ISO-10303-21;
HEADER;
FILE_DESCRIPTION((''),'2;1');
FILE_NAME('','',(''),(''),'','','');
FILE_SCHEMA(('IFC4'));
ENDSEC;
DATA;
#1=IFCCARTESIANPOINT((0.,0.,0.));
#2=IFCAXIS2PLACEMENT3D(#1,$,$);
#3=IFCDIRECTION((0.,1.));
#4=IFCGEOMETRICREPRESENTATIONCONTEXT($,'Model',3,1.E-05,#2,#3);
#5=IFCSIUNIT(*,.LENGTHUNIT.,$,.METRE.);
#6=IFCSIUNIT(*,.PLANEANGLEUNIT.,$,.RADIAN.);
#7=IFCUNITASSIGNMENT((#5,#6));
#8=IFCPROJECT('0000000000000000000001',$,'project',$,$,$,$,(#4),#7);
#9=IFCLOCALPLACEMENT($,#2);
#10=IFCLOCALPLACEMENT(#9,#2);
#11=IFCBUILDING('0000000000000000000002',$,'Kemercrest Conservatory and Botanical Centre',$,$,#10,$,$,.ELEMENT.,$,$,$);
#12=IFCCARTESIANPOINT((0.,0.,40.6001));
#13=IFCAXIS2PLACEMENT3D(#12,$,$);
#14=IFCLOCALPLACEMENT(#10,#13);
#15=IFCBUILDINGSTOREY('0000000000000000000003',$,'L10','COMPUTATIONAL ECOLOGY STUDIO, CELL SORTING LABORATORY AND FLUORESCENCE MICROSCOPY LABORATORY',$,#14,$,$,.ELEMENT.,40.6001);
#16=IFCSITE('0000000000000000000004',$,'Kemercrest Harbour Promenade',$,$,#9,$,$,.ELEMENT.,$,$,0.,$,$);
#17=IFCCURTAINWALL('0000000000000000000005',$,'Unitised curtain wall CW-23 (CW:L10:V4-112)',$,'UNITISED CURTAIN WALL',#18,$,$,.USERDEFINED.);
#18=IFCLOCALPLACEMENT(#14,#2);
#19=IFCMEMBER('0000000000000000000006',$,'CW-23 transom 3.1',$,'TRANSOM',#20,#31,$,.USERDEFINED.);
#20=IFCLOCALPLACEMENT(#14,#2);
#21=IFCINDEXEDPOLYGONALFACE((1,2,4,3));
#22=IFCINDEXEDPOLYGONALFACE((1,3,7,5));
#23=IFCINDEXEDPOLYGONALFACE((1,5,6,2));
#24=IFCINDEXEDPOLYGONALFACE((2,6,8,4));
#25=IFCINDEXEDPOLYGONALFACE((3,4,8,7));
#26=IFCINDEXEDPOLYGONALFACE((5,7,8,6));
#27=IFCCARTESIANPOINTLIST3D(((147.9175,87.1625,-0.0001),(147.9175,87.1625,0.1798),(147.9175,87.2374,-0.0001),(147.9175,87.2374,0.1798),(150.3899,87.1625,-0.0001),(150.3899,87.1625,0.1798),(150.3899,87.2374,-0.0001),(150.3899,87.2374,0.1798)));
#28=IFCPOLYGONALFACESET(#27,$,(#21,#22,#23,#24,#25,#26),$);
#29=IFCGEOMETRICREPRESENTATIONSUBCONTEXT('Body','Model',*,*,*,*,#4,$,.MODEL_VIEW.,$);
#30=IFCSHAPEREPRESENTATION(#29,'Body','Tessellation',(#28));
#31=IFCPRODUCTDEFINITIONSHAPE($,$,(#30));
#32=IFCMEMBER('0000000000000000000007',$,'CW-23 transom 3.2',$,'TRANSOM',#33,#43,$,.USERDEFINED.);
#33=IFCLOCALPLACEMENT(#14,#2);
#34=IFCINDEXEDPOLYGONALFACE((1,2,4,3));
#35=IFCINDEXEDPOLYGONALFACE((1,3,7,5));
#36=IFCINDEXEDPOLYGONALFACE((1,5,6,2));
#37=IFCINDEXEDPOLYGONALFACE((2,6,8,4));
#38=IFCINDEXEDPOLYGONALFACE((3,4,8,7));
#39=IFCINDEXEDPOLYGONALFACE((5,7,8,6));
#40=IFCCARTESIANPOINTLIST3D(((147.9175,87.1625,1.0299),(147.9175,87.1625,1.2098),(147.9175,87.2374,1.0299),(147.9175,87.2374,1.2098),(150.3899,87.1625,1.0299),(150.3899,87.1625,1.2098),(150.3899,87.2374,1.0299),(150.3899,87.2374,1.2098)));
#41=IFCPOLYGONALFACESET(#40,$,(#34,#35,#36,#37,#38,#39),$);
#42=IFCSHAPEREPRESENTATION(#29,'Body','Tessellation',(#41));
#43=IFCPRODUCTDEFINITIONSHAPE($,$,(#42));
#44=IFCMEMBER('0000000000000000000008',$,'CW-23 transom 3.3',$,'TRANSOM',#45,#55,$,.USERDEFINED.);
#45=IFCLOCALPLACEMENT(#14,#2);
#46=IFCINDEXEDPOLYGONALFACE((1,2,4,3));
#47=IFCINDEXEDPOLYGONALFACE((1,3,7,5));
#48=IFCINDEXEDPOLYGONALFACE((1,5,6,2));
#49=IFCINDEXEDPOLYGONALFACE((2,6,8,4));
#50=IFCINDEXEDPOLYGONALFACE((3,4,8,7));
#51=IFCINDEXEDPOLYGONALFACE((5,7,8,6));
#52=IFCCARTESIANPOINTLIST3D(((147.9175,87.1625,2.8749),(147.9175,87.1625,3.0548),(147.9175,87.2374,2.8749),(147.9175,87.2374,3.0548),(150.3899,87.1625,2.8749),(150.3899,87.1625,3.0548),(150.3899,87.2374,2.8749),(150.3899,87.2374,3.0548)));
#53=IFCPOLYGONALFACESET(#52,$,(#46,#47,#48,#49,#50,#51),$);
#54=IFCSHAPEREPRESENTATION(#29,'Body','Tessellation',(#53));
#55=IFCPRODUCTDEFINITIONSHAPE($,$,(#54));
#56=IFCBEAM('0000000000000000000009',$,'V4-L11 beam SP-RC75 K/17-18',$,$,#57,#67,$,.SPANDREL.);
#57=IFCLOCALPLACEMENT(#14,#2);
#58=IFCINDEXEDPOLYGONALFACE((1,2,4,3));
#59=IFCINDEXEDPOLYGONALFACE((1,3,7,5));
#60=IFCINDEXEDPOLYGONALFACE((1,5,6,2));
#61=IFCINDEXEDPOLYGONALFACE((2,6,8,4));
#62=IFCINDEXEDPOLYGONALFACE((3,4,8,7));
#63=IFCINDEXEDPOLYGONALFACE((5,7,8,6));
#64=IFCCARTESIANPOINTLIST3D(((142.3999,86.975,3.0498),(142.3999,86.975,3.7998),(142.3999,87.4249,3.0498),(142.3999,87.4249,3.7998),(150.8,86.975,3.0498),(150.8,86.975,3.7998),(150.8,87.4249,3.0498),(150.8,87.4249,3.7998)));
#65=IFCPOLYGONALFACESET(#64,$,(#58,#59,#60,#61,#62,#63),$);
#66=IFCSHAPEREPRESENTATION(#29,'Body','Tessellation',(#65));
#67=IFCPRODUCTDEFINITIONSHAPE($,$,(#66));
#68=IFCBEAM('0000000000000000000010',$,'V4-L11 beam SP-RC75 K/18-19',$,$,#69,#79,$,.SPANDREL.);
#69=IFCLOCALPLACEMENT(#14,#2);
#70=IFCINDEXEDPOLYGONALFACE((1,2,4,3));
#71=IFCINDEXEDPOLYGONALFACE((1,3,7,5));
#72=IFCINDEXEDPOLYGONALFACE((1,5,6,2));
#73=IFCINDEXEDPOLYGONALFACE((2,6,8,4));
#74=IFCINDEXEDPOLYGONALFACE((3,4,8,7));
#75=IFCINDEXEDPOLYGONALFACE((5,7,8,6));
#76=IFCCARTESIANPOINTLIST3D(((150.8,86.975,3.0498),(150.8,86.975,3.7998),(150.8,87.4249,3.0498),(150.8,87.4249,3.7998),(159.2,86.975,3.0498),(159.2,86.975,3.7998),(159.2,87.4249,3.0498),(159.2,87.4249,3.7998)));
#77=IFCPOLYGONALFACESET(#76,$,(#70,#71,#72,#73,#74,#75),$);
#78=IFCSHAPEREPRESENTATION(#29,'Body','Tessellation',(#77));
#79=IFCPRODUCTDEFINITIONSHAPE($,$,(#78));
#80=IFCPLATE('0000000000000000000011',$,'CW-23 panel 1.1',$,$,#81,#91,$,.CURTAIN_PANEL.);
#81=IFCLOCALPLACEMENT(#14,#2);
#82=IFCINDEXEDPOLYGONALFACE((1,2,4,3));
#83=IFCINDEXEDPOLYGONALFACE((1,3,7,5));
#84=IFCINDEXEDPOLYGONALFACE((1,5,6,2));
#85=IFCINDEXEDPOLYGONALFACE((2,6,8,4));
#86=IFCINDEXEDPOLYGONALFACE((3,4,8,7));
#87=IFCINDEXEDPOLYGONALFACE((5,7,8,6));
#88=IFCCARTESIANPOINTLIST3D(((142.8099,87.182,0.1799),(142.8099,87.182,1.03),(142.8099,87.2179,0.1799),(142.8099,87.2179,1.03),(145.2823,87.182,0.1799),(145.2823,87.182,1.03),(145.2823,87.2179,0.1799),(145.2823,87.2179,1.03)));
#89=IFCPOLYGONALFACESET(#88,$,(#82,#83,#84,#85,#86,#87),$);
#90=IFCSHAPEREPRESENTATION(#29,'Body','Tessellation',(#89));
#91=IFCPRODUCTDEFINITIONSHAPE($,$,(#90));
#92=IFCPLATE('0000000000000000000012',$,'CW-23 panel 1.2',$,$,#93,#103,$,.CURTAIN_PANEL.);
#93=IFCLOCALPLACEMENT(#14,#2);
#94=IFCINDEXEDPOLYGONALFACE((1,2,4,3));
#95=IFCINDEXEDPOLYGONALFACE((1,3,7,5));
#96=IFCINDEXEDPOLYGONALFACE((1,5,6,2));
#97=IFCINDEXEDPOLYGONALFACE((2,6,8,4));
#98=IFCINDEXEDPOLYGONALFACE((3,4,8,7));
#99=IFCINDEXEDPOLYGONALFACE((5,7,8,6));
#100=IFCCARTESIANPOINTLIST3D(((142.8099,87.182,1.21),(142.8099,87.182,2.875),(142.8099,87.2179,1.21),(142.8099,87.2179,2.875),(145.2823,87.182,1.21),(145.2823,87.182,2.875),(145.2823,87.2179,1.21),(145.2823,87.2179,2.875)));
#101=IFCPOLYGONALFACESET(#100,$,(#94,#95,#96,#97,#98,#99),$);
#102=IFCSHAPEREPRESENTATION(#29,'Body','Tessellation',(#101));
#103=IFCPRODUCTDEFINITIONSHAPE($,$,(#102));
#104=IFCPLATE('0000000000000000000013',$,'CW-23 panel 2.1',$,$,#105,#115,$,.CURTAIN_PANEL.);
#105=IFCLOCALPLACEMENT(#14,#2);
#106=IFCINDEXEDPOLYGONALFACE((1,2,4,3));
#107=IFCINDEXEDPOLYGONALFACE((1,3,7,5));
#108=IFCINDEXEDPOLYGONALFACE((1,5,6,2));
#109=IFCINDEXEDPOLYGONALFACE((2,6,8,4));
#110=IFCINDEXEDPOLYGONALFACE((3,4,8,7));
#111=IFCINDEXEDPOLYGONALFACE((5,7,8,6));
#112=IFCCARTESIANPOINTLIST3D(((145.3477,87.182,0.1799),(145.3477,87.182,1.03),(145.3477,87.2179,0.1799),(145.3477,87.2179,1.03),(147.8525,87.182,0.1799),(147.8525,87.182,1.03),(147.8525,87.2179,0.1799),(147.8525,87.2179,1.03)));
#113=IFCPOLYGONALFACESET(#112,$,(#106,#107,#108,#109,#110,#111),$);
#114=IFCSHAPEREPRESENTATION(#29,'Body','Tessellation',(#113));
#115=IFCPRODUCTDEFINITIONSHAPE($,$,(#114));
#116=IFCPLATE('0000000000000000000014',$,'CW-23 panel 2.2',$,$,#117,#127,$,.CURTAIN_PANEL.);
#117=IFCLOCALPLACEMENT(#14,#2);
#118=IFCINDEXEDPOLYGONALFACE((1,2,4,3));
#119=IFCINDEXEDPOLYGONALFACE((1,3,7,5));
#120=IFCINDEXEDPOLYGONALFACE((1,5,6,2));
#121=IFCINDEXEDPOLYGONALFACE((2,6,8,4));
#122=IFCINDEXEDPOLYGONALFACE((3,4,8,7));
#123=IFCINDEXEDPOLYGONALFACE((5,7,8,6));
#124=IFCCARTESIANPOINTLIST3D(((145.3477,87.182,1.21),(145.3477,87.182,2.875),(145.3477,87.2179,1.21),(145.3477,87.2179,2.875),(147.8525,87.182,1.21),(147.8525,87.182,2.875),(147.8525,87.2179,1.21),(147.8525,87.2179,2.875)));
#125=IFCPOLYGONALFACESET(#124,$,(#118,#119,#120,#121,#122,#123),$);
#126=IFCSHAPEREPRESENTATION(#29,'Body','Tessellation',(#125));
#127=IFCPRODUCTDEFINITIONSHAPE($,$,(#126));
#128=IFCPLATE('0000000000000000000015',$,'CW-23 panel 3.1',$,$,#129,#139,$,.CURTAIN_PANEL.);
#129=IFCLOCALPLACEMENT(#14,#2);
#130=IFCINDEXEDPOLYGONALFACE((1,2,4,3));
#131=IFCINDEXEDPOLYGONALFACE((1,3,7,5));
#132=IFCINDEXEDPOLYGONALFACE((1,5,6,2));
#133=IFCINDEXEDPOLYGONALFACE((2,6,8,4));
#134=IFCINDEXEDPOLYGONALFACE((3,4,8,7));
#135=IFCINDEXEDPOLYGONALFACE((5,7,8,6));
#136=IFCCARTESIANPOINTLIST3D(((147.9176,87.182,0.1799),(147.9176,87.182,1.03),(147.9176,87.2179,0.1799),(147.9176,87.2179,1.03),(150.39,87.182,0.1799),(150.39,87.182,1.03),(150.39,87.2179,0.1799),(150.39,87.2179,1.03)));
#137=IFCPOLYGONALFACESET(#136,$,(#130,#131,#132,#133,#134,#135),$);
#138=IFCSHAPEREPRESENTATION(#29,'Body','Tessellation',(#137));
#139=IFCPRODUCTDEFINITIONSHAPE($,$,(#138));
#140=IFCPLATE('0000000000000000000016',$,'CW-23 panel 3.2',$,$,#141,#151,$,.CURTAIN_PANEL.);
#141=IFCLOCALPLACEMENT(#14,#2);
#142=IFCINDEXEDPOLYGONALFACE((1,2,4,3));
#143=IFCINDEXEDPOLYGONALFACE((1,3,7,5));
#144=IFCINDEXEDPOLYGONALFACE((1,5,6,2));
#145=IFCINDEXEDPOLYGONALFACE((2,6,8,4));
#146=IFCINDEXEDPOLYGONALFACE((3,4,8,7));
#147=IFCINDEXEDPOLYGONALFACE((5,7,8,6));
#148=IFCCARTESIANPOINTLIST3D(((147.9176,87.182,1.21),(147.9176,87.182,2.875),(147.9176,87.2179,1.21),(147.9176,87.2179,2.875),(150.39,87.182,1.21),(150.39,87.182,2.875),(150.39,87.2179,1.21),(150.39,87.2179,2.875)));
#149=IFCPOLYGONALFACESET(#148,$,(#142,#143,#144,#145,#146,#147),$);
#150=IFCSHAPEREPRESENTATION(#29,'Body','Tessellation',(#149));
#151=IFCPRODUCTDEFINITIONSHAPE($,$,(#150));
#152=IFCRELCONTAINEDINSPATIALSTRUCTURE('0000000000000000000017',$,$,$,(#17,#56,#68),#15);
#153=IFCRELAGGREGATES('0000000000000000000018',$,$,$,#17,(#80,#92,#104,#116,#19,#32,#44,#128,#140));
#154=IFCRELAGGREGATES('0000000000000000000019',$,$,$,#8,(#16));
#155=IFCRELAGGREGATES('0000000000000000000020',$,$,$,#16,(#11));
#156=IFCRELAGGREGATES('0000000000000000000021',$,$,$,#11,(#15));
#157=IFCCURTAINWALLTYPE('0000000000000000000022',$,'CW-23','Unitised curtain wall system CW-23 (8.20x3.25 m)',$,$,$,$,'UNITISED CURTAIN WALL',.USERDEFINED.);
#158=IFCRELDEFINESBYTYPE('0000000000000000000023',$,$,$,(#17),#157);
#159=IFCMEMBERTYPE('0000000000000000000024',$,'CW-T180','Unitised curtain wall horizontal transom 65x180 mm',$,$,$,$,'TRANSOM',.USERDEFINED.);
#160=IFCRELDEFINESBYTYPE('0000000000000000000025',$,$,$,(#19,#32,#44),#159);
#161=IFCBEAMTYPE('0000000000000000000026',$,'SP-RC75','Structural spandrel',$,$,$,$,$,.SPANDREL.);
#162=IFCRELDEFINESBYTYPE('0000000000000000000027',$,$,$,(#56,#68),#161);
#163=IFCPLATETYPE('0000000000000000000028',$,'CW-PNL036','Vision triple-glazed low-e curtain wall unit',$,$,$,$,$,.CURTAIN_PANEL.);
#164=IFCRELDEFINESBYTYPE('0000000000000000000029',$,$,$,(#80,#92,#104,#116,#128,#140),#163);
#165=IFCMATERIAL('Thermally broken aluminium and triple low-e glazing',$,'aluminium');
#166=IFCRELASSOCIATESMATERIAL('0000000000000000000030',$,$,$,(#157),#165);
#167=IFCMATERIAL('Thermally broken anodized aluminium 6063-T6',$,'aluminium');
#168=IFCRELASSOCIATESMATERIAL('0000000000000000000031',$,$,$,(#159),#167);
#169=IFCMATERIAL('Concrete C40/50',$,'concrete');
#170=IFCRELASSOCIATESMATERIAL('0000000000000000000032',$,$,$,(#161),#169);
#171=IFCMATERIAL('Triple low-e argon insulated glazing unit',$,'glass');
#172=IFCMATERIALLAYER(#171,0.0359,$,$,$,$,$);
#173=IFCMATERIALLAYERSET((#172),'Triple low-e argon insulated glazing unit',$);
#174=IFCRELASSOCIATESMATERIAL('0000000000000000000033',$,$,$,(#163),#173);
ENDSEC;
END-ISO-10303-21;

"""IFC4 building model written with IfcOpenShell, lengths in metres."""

from ifc_helpers import new_model, si_unit, direction, frame, origin, origin_2d, place, context, subcontext, project, spatial, rectangle, extrude, material, layer, layer_set, material_profile, profile_set, type_object, element, aggregate, save


model = new_model("IFC4")

# Units and contexts
model_context = context("Model", 3, precision=1e-05, world=origin(), true_north=direction((0.0, 1.0)))
body_context = subcontext(model_context, "Body", "Model", "MODEL_VIEW")
ifc_project = project(units=[si_unit("LENGTHUNIT", "METRE"), si_unit("PLANEANGLEUNIT", "RADIAN")], contexts=[model_context])

# Site, building, storey
site_placement = place(None, origin())
site = spatial("IfcSite", under=ifc_project, at=site_placement, Name="Kemercrest Harbour Promenade", CompositionType="ELEMENT", RefElevation=0.0)
building_placement = place(site_placement, origin())
building = spatial("IfcBuilding", under=site, at=building_placement, Name="Kemercrest Conservatory and Botanical Centre", CompositionType="ELEMENT")
storey_placement = place(building_placement, frame((0.0, 0.0, 40.6001)))
storey = spatial("IfcBuildingStorey", under=building, at=storey_placement, Name="L10", Description="COMPUTATIONAL ECOLOGY STUDIO, CELL SORTING LABORATORY AND FLUORESCENCE MICROSCOPY LABORATORY", CompositionType="ELEMENT", Elevation=40.6001)

# Shared definitions
ifc_material_1 = material(Name="Concrete C40/50", Category="concrete")

# Shared definitions
ifc_material_2 = material(Name="Thermally broken aluminium and triple low-e glazing", Category="aluminium")
ifc_material_3 = material(Name="Thermally broken anodized aluminium 6063-T6", Category="aluminium")

# Curtain wall, members
curtain_wall_type_1 = type_object("IfcCurtainWallType", Name="CW-23", Description="Unitised curtain wall system CW-23 (8.20x3.25 m)", ElementType="UNITISED CURTAIN WALL", PredefinedType="USERDEFINED", material=ifc_material_2)
curtain_wall_1_placement = place(storey_placement, origin())
curtain_wall_1 = element("IfcCurtainWall", 1, at=curtain_wall_1_placement, inside=storey, type_object=curtain_wall_type_1, Name="Unitised curtain wall CW-23 (CW:L10:V4-112)", ObjectType="UNITISED CURTAIN WALL", PredefinedType="USERDEFINED")
ifc_material_profile_1 = material_profile(ifc_material_3, rectangle(XDim=0.075, YDim=0.1799, at=origin_2d()), Name="AL TRANSOM 75x180")
ifc_profile_set_1 = profile_set([ifc_material_profile_1], Name="Thermally broken anodized aluminium 6063-T6")
member_type_1 = type_object("IfcMemberType", Name="CW-T180", Description="Unitised curtain wall horizontal transom 65x180 mm", ElementType="TRANSOM", PredefinedType="USERDEFINED", material=ifc_profile_set_1)
member_1_placement = place(storey_placement, frame((147.9175, 87.2, 0.0898), z_axis=(1.0, 0.0, 0.0), x_axis=(0.0, 1.0, 0.0)))
member_1 = element("IfcMember", 2, at=member_1_placement, type_object=member_type_1, Name="CW-23 transom 3.1", ObjectType="TRANSOM", PredefinedType="USERDEFINED", context=body_context, shape_type="SweptSolid", body=[
    extrude(rectangle(XDim=0.075, YDim=0.1799, at=origin_2d()), origin(), (0.0, 0.0, 1.0), 2.4724),
])
member_2_placement = place(storey_placement, frame((147.9175, 87.2, 1.1199), z_axis=(1.0, 0.0, 0.0), x_axis=(0.0, 1.0, 0.0)))
member_2 = element("IfcMember", 3, at=member_2_placement, type_object=member_type_1, Name="CW-23 transom 3.2", ObjectType="TRANSOM", PredefinedType="USERDEFINED", context=body_context, shape_type="SweptSolid", body=[
    extrude(rectangle(XDim=0.075, YDim=0.1799, at=origin_2d()), origin(), (0.0, 0.0, 1.0), 2.4724),
])
member_3_placement = place(storey_placement, frame((147.9175, 87.2, 2.9648), z_axis=(1.0, 0.0, 0.0), x_axis=(0.0, 1.0, 0.0)))
member_3 = element("IfcMember", 4, at=member_3_placement, type_object=member_type_1, Name="CW-23 transom 3.3", ObjectType="TRANSOM", PredefinedType="USERDEFINED", context=body_context, shape_type="SweptSolid", body=[
    extrude(rectangle(XDim=0.075, YDim=0.1799, at=origin_2d()), origin(), (0.0, 0.0, 1.0), 2.4724),
])

# Beams
ifc_material_profile_2 = material_profile(ifc_material_1, rectangle(XDim=0.45, YDim=0.75, at=origin_2d()), Name="RC 450x750")
ifc_profile_set_2 = profile_set([ifc_material_profile_2], Name="Concrete C40/50")
beam_type_1 = type_object("IfcBeamType", Name="SP-RC75", Description="Structural spandrel", PredefinedType="SPANDREL", material=ifc_profile_set_2)
beam_1_placement = place(storey_placement, frame((142.3999, 87.2, 3.4248), z_axis=(1.0, 0.0, 0.0), x_axis=(0.0, 1.0, 0.0)))
element("IfcBeam", 5, at=beam_1_placement, inside=storey, type_object=beam_type_1, Name="V4-L11 beam SP-RC75 K/17-18", PredefinedType="SPANDREL", context=body_context, shape_type="SweptSolid", body=[
    extrude(rectangle(XDim=0.45, YDim=0.75, at=origin_2d()), origin(), (0.0, 0.0, 1.0), 8.4001),
])
beam_2_placement = place(storey_placement, frame((150.8, 87.2, 3.4248), z_axis=(1.0, 0.0, 0.0), x_axis=(0.0, 1.0, 0.0)))
element("IfcBeam", 6, at=beam_2_placement, inside=storey, type_object=beam_type_1, Name="V4-L11 beam SP-RC75 K/18-19", PredefinedType="SPANDREL", context=body_context, shape_type="SweptSolid", body=[
    extrude(rectangle(XDim=0.45, YDim=0.75, at=origin_2d()), origin(), (0.0, 0.0, 1.0), 8.3999),
])

# Plates
ifc_material_4 = material(Name="Triple low-e argon insulated glazing unit", Category="glass")
ifc_layer_1 = layer(ifc_material_4, 0.0359)
ifc_layer_set_1 = layer_set([ifc_layer_1], Name="Triple low-e argon insulated glazing unit")
plate_type = type_object("IfcPlateType", Name="CW-PNL036", Description="Vision triple-glazed low-e curtain wall unit", PredefinedType="CURTAIN_PANEL", material=ifc_layer_set_1)
plate_1_placement = place(storey_placement, frame((144.0461, 87.2, 0.1799), z_axis=(0.0, 0.0, 1.0), x_axis=(1.0, 0.0, 0.0)))
plate_1 = element("IfcPlate", 7, at=plate_1_placement, type_object=plate_type, Name="CW-23 panel 1.1", PredefinedType="CURTAIN_PANEL", context=body_context, shape_type="SweptSolid", body=[
    extrude(rectangle(XDim=2.4724, YDim=0.0359, at=origin_2d()), origin(), (0.0, 0.0, 1.0), 0.8501),
])
plate_2_placement = place(storey_placement, frame((144.0461, 87.2, 1.21), z_axis=(0.0, 0.0, 1.0), x_axis=(1.0, 0.0, 0.0)))
plate_2 = element("IfcPlate", 8, at=plate_2_placement, type_object=plate_type, Name="CW-23 panel 1.2", PredefinedType="CURTAIN_PANEL", context=body_context, shape_type="SweptSolid", body=[
    extrude(rectangle(XDim=2.4724, YDim=0.0359, at=origin_2d()), origin(), (0.0, 0.0, 1.0), 1.665),
])
plate_3_placement = place(storey_placement, frame((146.6001, 87.2, 0.1799), z_axis=(0.0, 0.0, 1.0), x_axis=(1.0, 0.0, 0.0)))
plate_3 = element("IfcPlate", 9, at=plate_3_placement, type_object=plate_type, Name="CW-23 panel 2.1", PredefinedType="CURTAIN_PANEL", context=body_context, shape_type="SweptSolid", body=[
    extrude(rectangle(XDim=2.5049, YDim=0.0359, at=origin_2d()), origin(), (0.0, 0.0, 1.0), 0.8501),
])
plate_4_placement = place(storey_placement, frame((146.6001, 87.2, 1.21), z_axis=(0.0, 0.0, 1.0), x_axis=(1.0, 0.0, 0.0)))
plate_4 = element("IfcPlate", 10, at=plate_4_placement, type_object=plate_type, Name="CW-23 panel 2.2", PredefinedType="CURTAIN_PANEL", context=body_context, shape_type="SweptSolid", body=[
    extrude(rectangle(XDim=2.5049, YDim=0.0359, at=origin_2d()), origin(), (0.0, 0.0, 1.0), 1.665),
])
plate_5_placement = place(storey_placement, frame((149.1538, 87.2, 0.1799), z_axis=(0.0, 0.0, 1.0), x_axis=(1.0, 0.0, 0.0)))
plate_5 = element("IfcPlate", 11, at=plate_5_placement, type_object=plate_type, Name="CW-23 panel 3.1", PredefinedType="CURTAIN_PANEL", context=body_context, shape_type="SweptSolid", body=[
    extrude(rectangle(XDim=2.4724, YDim=0.0359, at=origin_2d()), origin(), (0.0, 0.0, 1.0), 0.8501),
])
plate_6_placement = place(storey_placement, frame((149.1538, 87.2, 1.21), z_axis=(0.0, 0.0, 1.0), x_axis=(1.0, 0.0, 0.0)))
plate_6 = element("IfcPlate", 12, at=plate_6_placement, type_object=plate_type, Name="CW-23 panel 3.2", PredefinedType="CURTAIN_PANEL", context=body_context, shape_type="SweptSolid", body=[
    extrude(rectangle(XDim=2.4724, YDim=0.0359, at=origin_2d()), origin(), (0.0, 0.0, 1.0), 1.665),
])
aggregate(curtain_wall_1, [plate_1, plate_2, plate_3, plate_4, member_1, member_2, member_3, plate_5, plate_6])

save(model, "model.ifc")
